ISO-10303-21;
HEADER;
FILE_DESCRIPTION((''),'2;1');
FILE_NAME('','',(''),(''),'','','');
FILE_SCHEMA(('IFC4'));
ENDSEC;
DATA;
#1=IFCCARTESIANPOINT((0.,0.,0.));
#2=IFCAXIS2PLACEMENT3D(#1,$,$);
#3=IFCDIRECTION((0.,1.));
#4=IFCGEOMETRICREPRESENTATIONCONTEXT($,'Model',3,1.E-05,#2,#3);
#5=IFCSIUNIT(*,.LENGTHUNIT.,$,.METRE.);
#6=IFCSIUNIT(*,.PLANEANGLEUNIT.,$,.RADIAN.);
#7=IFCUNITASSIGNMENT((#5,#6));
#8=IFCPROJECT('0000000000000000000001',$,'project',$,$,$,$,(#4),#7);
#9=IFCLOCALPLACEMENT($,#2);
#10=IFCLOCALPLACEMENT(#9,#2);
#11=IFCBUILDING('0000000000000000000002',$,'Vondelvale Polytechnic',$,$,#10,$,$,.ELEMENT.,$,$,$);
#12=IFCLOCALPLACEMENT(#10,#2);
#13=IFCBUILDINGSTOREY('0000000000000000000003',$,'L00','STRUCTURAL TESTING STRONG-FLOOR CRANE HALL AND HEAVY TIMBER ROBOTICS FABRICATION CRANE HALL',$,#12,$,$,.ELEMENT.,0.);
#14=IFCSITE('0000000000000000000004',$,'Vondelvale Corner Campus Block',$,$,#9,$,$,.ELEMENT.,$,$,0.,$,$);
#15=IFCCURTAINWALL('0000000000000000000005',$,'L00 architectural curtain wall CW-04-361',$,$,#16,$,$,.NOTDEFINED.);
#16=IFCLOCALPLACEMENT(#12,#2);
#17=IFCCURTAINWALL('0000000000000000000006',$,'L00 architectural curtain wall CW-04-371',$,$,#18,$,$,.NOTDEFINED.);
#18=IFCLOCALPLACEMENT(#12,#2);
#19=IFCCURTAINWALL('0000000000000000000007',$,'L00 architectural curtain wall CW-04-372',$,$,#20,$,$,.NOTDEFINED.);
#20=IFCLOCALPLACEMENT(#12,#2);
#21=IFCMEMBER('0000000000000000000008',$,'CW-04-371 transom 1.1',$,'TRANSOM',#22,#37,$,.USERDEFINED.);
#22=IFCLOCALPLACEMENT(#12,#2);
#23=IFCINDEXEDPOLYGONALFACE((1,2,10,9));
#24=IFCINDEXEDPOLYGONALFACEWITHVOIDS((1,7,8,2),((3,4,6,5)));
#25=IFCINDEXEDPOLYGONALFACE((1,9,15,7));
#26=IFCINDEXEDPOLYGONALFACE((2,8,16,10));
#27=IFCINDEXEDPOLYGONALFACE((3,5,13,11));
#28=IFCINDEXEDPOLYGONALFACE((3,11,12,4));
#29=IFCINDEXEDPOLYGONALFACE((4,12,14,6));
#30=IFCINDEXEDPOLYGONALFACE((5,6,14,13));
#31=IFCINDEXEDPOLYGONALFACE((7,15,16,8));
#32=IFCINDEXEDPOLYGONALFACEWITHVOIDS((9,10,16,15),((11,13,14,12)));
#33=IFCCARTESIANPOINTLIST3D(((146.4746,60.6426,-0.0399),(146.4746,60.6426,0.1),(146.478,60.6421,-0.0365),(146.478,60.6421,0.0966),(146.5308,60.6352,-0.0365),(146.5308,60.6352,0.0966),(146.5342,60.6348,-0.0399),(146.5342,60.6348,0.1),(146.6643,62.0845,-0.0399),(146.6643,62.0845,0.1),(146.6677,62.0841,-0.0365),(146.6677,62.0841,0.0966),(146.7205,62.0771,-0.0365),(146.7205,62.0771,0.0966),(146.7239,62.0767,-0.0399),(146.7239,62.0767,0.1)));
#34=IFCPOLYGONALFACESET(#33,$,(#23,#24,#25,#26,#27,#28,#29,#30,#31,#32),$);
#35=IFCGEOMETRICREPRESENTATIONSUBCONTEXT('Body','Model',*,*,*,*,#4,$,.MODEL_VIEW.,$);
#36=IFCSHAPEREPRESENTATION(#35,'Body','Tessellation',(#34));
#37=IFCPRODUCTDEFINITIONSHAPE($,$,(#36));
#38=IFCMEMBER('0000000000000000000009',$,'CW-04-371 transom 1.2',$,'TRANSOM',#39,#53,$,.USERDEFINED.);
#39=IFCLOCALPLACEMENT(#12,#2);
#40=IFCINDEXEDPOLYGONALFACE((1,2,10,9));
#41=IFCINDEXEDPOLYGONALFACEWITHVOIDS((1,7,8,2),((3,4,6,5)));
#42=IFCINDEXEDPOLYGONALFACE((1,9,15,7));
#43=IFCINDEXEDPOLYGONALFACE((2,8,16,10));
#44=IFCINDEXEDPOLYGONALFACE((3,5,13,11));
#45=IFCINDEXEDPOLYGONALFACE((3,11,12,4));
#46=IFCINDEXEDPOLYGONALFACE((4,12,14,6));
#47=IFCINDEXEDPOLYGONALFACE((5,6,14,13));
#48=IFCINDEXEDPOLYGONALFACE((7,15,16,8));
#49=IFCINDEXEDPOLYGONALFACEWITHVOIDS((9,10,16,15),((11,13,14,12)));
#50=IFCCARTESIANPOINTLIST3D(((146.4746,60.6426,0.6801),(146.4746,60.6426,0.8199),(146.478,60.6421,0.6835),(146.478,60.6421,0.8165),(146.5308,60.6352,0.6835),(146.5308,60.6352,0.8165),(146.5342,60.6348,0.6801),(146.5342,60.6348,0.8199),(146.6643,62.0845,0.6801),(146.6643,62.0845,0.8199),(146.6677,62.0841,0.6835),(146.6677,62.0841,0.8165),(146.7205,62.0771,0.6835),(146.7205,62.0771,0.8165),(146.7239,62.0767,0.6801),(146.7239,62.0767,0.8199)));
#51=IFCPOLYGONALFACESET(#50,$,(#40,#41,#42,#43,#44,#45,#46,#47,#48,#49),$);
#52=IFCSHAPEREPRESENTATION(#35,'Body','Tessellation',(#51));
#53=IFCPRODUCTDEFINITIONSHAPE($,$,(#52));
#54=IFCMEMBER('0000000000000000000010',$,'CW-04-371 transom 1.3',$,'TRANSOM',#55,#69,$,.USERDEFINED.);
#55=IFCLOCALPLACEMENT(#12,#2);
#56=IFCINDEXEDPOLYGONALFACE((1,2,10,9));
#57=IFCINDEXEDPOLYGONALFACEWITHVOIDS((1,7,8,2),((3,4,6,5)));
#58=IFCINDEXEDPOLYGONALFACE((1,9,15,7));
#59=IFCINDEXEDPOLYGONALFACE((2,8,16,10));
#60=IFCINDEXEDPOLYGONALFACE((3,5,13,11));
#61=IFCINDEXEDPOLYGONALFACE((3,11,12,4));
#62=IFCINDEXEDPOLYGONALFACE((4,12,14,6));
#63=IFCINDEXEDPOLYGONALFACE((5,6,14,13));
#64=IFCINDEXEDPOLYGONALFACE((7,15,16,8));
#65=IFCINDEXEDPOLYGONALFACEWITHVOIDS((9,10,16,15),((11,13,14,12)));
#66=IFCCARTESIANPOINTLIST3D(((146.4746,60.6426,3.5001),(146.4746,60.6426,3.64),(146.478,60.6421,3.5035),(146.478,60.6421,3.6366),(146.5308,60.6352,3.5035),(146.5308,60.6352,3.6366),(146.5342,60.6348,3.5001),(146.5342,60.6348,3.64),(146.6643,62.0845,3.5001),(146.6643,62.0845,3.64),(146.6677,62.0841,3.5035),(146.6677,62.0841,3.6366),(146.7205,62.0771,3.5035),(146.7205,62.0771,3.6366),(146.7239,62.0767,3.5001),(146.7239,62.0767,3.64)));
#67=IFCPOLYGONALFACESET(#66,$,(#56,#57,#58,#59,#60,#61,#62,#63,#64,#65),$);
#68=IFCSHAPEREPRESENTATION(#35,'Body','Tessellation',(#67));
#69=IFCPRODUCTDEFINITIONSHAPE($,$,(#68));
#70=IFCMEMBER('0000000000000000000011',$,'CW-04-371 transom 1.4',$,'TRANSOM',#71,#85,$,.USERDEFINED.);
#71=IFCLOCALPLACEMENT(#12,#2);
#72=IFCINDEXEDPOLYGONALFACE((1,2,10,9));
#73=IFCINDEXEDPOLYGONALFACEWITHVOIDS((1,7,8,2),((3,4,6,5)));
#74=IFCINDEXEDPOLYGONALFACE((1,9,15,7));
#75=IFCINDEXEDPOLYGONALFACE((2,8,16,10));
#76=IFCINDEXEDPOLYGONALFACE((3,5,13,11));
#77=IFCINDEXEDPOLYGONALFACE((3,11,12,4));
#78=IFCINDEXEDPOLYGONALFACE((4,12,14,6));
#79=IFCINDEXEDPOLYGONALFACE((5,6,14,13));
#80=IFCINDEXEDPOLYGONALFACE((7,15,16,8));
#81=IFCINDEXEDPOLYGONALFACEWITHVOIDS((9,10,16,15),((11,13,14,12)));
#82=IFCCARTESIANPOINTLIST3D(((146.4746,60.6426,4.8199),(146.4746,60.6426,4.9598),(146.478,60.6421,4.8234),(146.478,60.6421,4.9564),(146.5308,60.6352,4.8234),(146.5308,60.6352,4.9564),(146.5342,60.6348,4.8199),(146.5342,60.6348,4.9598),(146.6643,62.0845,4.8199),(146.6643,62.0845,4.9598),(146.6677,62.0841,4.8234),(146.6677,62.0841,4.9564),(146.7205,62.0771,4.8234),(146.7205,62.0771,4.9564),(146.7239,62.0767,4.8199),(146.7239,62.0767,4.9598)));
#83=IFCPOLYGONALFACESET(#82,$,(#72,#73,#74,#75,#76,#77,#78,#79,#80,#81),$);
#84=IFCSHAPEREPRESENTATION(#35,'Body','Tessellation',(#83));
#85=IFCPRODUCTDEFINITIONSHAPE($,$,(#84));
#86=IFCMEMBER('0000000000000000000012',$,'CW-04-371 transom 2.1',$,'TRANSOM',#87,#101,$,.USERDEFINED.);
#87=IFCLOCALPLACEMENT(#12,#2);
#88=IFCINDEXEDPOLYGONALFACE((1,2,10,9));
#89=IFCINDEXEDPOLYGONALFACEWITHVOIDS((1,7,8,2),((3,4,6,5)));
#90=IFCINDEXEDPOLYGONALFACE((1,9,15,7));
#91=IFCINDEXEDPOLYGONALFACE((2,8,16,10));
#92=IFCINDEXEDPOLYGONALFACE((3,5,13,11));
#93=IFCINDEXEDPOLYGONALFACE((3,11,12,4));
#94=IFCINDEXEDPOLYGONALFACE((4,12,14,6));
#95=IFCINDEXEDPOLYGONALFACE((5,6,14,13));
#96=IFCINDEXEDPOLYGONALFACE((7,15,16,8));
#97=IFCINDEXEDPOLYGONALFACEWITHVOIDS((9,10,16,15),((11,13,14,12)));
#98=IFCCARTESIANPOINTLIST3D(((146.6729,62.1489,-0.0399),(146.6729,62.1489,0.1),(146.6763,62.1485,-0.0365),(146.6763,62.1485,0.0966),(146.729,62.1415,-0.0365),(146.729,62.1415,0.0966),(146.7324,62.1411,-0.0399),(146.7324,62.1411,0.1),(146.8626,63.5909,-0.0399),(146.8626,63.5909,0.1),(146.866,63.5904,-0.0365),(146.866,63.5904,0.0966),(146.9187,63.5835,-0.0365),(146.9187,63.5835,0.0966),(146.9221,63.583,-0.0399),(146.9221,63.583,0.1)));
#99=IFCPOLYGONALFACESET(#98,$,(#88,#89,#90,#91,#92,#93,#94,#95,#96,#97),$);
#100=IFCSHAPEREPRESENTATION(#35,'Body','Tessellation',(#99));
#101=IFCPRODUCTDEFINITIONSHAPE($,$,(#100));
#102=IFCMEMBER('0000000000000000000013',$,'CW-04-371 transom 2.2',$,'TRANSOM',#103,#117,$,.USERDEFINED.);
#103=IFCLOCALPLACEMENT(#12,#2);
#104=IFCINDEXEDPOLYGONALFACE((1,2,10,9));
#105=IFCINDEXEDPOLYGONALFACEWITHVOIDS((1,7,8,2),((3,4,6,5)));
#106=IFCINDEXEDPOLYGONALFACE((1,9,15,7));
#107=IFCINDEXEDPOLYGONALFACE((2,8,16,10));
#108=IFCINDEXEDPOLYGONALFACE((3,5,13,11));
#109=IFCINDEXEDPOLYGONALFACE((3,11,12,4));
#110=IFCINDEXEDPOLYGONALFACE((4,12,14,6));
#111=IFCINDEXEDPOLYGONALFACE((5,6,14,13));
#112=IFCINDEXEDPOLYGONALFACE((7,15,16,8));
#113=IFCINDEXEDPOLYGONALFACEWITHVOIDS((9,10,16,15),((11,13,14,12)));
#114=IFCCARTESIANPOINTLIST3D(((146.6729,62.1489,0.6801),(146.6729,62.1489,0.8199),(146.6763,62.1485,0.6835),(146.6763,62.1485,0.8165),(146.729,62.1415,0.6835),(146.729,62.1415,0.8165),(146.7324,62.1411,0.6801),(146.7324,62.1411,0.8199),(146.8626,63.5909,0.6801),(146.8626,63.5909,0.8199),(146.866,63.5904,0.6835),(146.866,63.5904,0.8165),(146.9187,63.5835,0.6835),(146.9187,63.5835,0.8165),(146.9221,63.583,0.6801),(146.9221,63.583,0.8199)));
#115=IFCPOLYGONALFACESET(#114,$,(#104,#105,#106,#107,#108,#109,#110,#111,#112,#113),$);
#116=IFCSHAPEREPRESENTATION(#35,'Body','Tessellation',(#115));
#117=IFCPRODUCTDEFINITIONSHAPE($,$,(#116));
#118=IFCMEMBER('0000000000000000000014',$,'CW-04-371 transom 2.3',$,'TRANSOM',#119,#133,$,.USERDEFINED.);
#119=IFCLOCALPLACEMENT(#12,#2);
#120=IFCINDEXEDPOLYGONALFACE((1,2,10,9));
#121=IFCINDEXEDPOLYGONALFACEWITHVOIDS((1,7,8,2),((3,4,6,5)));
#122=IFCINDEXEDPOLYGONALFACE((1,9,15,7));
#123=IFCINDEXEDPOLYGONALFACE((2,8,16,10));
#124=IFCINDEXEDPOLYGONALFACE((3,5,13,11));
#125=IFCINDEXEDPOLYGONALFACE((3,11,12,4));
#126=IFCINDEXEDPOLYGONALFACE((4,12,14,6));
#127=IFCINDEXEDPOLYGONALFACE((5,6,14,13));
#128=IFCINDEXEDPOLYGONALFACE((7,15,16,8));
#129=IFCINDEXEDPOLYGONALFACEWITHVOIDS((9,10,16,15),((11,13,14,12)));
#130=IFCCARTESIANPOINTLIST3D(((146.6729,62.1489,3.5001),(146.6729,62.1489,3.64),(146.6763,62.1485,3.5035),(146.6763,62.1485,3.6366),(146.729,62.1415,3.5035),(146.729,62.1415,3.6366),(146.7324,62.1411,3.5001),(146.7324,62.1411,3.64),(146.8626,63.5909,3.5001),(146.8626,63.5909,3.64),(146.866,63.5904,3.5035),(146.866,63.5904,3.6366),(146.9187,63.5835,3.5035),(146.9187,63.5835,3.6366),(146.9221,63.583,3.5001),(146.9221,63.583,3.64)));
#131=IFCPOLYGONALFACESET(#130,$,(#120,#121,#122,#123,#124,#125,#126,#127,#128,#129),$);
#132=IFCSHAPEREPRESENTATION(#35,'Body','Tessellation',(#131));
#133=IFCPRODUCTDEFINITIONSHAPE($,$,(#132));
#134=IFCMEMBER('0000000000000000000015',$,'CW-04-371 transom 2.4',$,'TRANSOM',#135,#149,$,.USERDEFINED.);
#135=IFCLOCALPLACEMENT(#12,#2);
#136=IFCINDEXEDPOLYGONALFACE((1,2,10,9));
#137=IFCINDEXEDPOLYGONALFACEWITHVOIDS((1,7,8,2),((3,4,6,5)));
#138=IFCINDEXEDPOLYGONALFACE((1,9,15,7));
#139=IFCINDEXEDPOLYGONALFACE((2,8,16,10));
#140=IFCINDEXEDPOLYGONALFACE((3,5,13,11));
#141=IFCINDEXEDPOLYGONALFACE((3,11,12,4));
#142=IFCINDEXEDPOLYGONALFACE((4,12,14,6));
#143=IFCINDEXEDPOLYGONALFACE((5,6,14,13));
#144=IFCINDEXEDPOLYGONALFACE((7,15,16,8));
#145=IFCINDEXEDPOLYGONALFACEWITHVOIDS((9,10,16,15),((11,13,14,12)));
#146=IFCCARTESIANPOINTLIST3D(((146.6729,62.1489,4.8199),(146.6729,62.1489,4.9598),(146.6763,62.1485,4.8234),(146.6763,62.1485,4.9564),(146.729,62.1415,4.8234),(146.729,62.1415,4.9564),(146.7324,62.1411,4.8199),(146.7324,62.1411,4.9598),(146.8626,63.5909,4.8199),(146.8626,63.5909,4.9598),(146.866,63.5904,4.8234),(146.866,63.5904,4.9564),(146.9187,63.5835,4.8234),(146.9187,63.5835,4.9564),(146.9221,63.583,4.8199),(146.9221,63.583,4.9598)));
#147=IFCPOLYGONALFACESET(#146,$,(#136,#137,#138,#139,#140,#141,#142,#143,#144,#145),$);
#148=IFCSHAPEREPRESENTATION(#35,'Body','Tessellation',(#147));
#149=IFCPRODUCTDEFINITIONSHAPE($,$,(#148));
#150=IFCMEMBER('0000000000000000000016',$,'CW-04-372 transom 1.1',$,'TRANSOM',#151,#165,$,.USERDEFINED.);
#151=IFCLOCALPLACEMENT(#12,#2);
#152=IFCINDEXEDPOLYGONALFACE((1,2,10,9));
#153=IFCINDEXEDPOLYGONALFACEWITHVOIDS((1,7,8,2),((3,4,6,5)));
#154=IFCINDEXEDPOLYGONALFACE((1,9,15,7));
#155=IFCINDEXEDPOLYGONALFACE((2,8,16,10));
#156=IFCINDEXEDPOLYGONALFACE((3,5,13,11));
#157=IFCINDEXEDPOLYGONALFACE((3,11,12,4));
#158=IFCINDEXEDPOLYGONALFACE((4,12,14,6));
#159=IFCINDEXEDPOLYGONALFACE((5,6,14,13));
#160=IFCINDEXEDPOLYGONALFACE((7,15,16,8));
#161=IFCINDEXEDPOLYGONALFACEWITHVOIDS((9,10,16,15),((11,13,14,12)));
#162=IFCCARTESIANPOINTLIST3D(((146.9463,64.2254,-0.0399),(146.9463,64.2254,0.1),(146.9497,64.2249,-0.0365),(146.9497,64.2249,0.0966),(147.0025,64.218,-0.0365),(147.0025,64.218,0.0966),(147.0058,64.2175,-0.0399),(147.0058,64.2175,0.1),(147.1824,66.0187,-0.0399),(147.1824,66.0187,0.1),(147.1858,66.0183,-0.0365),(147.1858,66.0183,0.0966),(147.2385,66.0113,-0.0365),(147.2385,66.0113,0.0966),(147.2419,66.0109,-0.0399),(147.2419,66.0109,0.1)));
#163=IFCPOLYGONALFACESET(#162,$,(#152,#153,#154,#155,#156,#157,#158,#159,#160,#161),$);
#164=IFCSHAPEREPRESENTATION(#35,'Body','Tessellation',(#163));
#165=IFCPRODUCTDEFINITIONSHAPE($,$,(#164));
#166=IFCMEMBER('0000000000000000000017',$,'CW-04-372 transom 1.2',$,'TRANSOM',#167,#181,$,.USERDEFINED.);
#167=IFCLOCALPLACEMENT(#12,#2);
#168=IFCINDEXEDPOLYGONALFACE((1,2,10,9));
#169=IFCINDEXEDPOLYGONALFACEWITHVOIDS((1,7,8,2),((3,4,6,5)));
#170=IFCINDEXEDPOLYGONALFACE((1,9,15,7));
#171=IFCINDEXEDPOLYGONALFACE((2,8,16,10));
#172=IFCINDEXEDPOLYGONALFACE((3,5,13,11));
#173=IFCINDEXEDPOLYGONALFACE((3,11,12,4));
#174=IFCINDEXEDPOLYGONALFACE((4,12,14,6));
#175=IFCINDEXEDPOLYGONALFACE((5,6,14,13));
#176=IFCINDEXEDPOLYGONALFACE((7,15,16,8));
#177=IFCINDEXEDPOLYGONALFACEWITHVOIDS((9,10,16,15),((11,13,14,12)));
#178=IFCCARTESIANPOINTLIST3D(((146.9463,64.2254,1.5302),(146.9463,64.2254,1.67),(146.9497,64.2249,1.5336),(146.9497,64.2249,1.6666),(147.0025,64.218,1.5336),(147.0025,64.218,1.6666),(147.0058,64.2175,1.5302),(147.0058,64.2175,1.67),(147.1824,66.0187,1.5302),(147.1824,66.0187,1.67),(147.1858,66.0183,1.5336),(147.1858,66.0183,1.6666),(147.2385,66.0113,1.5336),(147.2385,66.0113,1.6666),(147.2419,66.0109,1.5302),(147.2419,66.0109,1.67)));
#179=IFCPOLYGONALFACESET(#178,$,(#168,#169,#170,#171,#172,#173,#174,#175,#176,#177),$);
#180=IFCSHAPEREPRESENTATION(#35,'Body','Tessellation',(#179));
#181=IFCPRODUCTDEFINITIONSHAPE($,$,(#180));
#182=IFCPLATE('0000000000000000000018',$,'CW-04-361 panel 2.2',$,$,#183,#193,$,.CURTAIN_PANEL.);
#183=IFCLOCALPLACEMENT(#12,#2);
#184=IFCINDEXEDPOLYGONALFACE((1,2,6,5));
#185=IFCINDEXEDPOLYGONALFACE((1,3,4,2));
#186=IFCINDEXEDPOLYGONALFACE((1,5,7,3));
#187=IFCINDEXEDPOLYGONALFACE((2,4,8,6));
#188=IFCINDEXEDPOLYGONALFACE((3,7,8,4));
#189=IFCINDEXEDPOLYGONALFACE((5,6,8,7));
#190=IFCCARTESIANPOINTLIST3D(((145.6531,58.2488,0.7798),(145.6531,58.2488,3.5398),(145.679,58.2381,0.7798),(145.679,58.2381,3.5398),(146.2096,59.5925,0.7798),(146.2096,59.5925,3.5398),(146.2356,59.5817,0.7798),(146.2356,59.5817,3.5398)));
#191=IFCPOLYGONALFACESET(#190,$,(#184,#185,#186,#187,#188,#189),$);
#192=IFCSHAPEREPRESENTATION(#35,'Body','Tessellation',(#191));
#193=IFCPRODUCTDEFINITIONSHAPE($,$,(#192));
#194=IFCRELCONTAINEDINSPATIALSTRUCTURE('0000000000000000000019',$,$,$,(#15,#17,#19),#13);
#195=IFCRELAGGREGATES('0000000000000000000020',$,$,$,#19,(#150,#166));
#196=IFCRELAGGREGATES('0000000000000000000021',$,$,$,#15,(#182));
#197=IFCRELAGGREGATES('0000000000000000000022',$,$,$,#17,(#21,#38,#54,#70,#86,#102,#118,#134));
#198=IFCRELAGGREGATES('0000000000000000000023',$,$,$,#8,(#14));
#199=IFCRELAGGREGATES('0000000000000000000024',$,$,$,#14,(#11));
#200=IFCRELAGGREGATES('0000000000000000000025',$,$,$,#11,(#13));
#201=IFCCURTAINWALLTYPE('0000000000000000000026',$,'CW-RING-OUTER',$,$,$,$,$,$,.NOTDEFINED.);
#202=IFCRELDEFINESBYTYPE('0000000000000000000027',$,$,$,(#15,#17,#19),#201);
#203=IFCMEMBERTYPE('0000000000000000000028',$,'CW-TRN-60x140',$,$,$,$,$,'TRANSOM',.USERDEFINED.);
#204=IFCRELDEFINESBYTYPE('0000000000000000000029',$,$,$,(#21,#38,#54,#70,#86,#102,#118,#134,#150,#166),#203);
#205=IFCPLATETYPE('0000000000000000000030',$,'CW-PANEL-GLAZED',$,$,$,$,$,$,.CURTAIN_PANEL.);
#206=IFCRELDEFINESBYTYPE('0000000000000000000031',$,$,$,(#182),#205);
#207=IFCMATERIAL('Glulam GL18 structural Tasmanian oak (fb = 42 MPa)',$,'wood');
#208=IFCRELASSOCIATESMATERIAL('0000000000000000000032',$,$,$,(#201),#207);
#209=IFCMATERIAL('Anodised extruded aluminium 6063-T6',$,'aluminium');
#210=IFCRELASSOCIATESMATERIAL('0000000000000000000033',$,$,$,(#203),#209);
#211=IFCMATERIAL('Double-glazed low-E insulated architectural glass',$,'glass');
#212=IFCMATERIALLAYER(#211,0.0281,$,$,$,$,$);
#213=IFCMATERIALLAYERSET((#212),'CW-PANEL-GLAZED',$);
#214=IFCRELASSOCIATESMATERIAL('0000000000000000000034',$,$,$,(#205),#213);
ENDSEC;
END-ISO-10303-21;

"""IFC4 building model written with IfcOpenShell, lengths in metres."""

from ifc_helpers import new_model, si_unit, direction, frame, origin, origin_2d, place, context, subcontext, project, spatial, rectangle, hollow_rectangle, extrude, material, layer, layer_set, material_profile, profile_set, type_object, element, aggregate, save


model = new_model("IFC4")

# Units and contexts
model_context = context("Model", 3, precision=1e-05, world=origin(), true_north=direction((0.0, 1.0)))
body_context = subcontext(model_context, "Body", "Model", "MODEL_VIEW")
ifc_project = project(units=[si_unit("LENGTHUNIT", "METRE"), si_unit("PLANEANGLEUNIT", "RADIAN")], contexts=[model_context])

# Site, building, storey
site_placement = place(None, origin())
site = spatial("IfcSite", under=ifc_project, at=site_placement, Name="Vondelvale Corner Campus Block", CompositionType="ELEMENT", RefElevation=0.0)
building_placement = place(site_placement, origin())
building = spatial("IfcBuilding", under=site, at=building_placement, Name="Vondelvale Polytechnic", CompositionType="ELEMENT")
storey_placement = place(building_placement, origin())
storey = spatial("IfcBuildingStorey", under=building, at=storey_placement, Name="L00", Description="STRUCTURAL TESTING STRONG-FLOOR CRANE HALL AND HEAVY TIMBER ROBOTICS FABRICATION CRANE HALL", CompositionType="ELEMENT", Elevation=0.0)

# Shared definitions
ifc_material_1 = material(Name="Glulam GL18 structural Tasmanian oak (fb = 42 MPa)", Category="wood")

# Curtain wall
curtain_wall_type = type_object("IfcCurtainWallType", Name="CW-RING-OUTER", PredefinedType="NOTDEFINED", material=ifc_material_1)
curtain_wall_1_placement = place(storey_placement, origin())
curtain_wall_1 = element("IfcCurtainWall", 1, at=curtain_wall_1_placement, inside=storey, type_object=curtain_wall_type, Name="L00 architectural curtain wall CW-04-361", PredefinedType="NOTDEFINED")
ifc_material_2 = material(Name="Anodised extruded aluminium 6063-T6", Category="aluminium")

# Curtain wall
curtain_wall_2_placement = place(storey_placement, origin())
curtain_wall_2 = element("IfcCurtainWall", 2, at=curtain_wall_2_placement, inside=storey, type_object=curtain_wall_type, Name="L00 architectural curtain wall CW-04-371", PredefinedType="NOTDEFINED")

# Curtain wall
curtain_wall_3_placement = place(storey_placement, origin())
curtain_wall_3 = element("IfcCurtainWall", 3, at=curtain_wall_3_placement, inside=storey, type_object=curtain_wall_type, Name="L00 architectural curtain wall CW-04-372", PredefinedType="NOTDEFINED")

# Members
ifc_material_profile_1 = material_profile(ifc_material_2, hollow_rectangle(XDim=0.0601, YDim=0.1399, WallThickness=0.0034, at=origin_2d()), Name="CW-TRN-140x60")
ifc_profile_set_1 = profile_set([ifc_material_profile_1], Name="Anodised extruded aluminium 6063-T6")
member_type_1 = type_object("IfcMemberType", Name="CW-TRN-60x140", ElementType="TRANSOM", PredefinedType="USERDEFINED", material=ifc_profile_set_1)
member_1_placement = place(storey_placement, frame((146.5044, 60.6387, 0.03), z_axis=(0.130437, 0.991457, 0.0), x_axis=(-0.991457, 0.130437, 0.0)))
member_1 = element("IfcMember", 4, at=member_1_placement, type_object=member_type_1, Name="CW-04-371 transom 1.1", ObjectType="TRANSOM", PredefinedType="USERDEFINED", context=body_context, shape_type="SweptSolid", body=[
    extrude(hollow_rectangle(XDim=0.0601, YDim=0.1399, WallThickness=0.0034, at=origin_2d()), origin(), (0.0, 0.0, 1.0), 1.4543),
])
member_2_placement = place(storey_placement, frame((146.5044, 60.6387, 0.75), z_axis=(0.130437, 0.991457, 0.0), x_axis=(-0.991457, 0.130437, 0.0)))
member_2 = element("IfcMember", 5, at=member_2_placement, type_object=member_type_1, Name="CW-04-371 transom 1.2", ObjectType="TRANSOM", PredefinedType="USERDEFINED", context=body_context, shape_type="SweptSolid", body=[
    extrude(hollow_rectangle(XDim=0.0601, YDim=0.1399, WallThickness=0.0034, at=origin_2d()), origin(), (0.0, 0.0, 1.0), 1.4543),
])
member_3_placement = place(storey_placement, frame((146.5044, 60.6387, 3.5701), z_axis=(0.130437, 0.991457, 0.0), x_axis=(-0.991457, 0.130437, 0.0)))
member_3 = element("IfcMember", 6, at=member_3_placement, type_object=member_type_1, Name="CW-04-371 transom 1.3", ObjectType="TRANSOM", PredefinedType="USERDEFINED", context=body_context, shape_type="SweptSolid", body=[
    extrude(hollow_rectangle(XDim=0.0601, YDim=0.1399, WallThickness=0.0034, at=origin_2d()), origin(), (0.0, 0.0, 1.0), 1.4543),
])
member_4_placement = place(storey_placement, frame((146.5044, 60.6387, 4.8899), z_axis=(0.130437, 0.991457, 0.0), x_axis=(-0.991457, 0.130437, 0.0)))
member_4 = element("IfcMember", 7, at=member_4_placement, type_object=member_type_1, Name="CW-04-371 transom 1.4", ObjectType="TRANSOM", PredefinedType="USERDEFINED", context=body_context, shape_type="SweptSolid", body=[
    extrude(hollow_rectangle(XDim=0.0601, YDim=0.1399, WallThickness=0.0034, at=origin_2d()), origin(), (0.0, 0.0, 1.0), 1.4543),
])
member_5_placement = place(storey_placement, frame((146.7026, 62.145, 0.03), z_axis=(0.130437, 0.991457, 0.0), x_axis=(-0.991457, 0.130437, 0.0)))
member_5 = element("IfcMember", 8, at=member_5_placement, type_object=member_type_1, Name="CW-04-371 transom 2.1", ObjectType="TRANSOM", PredefinedType="USERDEFINED", context=body_context, shape_type="SweptSolid", body=[
    extrude(hollow_rectangle(XDim=0.0601, YDim=0.1399, WallThickness=0.0034, at=origin_2d()), origin(), (0.0, 0.0, 1.0), 1.4543),
])
member_6_placement = place(storey_placement, frame((146.7026, 62.145, 0.75), z_axis=(0.130437, 0.991457, 0.0), x_axis=(-0.991457, 0.130437, 0.0)))
member_6 = element("IfcMember", 9, at=member_6_placement, type_object=member_type_1, Name="CW-04-371 transom 2.2", ObjectType="TRANSOM", PredefinedType="USERDEFINED", context=body_context, shape_type="SweptSolid", body=[
    extrude(hollow_rectangle(XDim=0.0601, YDim=0.1399, WallThickness=0.0034, at=origin_2d()), origin(), (0.0, 0.0, 1.0), 1.4543),
])
member_7_placement = place(storey_placement, frame((146.7026, 62.145, 3.5701), z_axis=(0.130437, 0.991457, 0.0), x_axis=(-0.991457, 0.130437, 0.0)))
member_7 = element("IfcMember", 10, at=member_7_placement, type_object=member_type_1, Name="CW-04-371 transom 2.3", ObjectType="TRANSOM", PredefinedType="USERDEFINED", context=body_context, shape_type="SweptSolid", body=[
    extrude(hollow_rectangle(XDim=0.0601, YDim=0.1399, WallThickness=0.0034, at=origin_2d()), origin(), (0.0, 0.0, 1.0), 1.4543),
])
member_8_placement = place(storey_placement, frame((146.7026, 62.145, 4.8899), z_axis=(0.130437, 0.991457, 0.0), x_axis=(-0.991457, 0.130437, 0.0)))
member_8 = element("IfcMember", 11, at=member_8_placement, type_object=member_type_1, Name="CW-04-371 transom 2.4", ObjectType="TRANSOM", PredefinedType="USERDEFINED", context=body_context, shape_type="SweptSolid", body=[
    extrude(hollow_rectangle(XDim=0.0601, YDim=0.1399, WallThickness=0.0034, at=origin_2d()), origin(), (0.0, 0.0, 1.0), 1.4543),
])
member_9_placement = place(storey_placement, frame((146.9761, 64.2214, 0.03), z_axis=(0.13051, 0.991447, 0.0), x_axis=(-0.991447, 0.13051, 0.0)))
member_9 = element("IfcMember", 12, at=member_9_placement, type_object=member_type_1, Name="CW-04-372 transom 1.1", ObjectType="TRANSOM", PredefinedType="USERDEFINED", context=body_context, shape_type="SweptSolid", body=[
    extrude(hollow_rectangle(XDim=0.0601, YDim=0.1399, WallThickness=0.0034, at=origin_2d()), origin(), (0.0, 0.0, 1.0), 1.8088),
])
member_10_placement = place(storey_placement, frame((146.9761, 64.2214, 1.6001), z_axis=(0.13051, 0.991447, 0.0), x_axis=(-0.991447, 0.13051, 0.0)))
member_10 = element("IfcMember", 13, at=member_10_placement, type_object=member_type_1, Name="CW-04-372 transom 1.2", ObjectType="TRANSOM", PredefinedType="USERDEFINED", context=body_context, shape_type="SweptSolid", body=[
    extrude(hollow_rectangle(XDim=0.0601, YDim=0.1399, WallThickness=0.0034, at=origin_2d()), origin(), (0.0, 0.0, 1.0), 1.8088),
])
aggregate(curtain_wall_3, [member_9, member_10])

# Plate
ifc_material_3 = material(Name="Double-glazed low-E insulated architectural glass", Category="glass")
ifc_layer_1 = layer(ifc_material_3, 0.0281)
ifc_layer_set_1 = layer_set([ifc_layer_1], Name="CW-PANEL-GLAZED")
plate_type_1 = type_object("IfcPlateType", Name="CW-PANEL-GLAZED", PredefinedType="CURTAIN_PANEL", material=ifc_layer_set_1)
plate_1_placement = place(storey_placement, frame((145.9443, 58.9153, 0.7798), z_axis=(0.0, 0.0, 1.0), x_axis=(0.382679, 0.923881, 0.0)))
plate_1 = element("IfcPlate", 14, at=plate_1_placement, type_object=plate_type_1, Name="CW-04-361 panel 2.2", PredefinedType="CURTAIN_PANEL", context=body_context, shape_type="SweptSolid", body=[
    extrude(rectangle(XDim=1.4543, YDim=0.0281, at=origin_2d()), origin(), (0.0, 0.0, 1.0), 2.76),
])
aggregate(curtain_wall_1, [plate_1])
aggregate(curtain_wall_2, [member_1, member_2, member_3, member_4, member_5, member_6, member_7, member_8])

save(model, "model.ifc")
